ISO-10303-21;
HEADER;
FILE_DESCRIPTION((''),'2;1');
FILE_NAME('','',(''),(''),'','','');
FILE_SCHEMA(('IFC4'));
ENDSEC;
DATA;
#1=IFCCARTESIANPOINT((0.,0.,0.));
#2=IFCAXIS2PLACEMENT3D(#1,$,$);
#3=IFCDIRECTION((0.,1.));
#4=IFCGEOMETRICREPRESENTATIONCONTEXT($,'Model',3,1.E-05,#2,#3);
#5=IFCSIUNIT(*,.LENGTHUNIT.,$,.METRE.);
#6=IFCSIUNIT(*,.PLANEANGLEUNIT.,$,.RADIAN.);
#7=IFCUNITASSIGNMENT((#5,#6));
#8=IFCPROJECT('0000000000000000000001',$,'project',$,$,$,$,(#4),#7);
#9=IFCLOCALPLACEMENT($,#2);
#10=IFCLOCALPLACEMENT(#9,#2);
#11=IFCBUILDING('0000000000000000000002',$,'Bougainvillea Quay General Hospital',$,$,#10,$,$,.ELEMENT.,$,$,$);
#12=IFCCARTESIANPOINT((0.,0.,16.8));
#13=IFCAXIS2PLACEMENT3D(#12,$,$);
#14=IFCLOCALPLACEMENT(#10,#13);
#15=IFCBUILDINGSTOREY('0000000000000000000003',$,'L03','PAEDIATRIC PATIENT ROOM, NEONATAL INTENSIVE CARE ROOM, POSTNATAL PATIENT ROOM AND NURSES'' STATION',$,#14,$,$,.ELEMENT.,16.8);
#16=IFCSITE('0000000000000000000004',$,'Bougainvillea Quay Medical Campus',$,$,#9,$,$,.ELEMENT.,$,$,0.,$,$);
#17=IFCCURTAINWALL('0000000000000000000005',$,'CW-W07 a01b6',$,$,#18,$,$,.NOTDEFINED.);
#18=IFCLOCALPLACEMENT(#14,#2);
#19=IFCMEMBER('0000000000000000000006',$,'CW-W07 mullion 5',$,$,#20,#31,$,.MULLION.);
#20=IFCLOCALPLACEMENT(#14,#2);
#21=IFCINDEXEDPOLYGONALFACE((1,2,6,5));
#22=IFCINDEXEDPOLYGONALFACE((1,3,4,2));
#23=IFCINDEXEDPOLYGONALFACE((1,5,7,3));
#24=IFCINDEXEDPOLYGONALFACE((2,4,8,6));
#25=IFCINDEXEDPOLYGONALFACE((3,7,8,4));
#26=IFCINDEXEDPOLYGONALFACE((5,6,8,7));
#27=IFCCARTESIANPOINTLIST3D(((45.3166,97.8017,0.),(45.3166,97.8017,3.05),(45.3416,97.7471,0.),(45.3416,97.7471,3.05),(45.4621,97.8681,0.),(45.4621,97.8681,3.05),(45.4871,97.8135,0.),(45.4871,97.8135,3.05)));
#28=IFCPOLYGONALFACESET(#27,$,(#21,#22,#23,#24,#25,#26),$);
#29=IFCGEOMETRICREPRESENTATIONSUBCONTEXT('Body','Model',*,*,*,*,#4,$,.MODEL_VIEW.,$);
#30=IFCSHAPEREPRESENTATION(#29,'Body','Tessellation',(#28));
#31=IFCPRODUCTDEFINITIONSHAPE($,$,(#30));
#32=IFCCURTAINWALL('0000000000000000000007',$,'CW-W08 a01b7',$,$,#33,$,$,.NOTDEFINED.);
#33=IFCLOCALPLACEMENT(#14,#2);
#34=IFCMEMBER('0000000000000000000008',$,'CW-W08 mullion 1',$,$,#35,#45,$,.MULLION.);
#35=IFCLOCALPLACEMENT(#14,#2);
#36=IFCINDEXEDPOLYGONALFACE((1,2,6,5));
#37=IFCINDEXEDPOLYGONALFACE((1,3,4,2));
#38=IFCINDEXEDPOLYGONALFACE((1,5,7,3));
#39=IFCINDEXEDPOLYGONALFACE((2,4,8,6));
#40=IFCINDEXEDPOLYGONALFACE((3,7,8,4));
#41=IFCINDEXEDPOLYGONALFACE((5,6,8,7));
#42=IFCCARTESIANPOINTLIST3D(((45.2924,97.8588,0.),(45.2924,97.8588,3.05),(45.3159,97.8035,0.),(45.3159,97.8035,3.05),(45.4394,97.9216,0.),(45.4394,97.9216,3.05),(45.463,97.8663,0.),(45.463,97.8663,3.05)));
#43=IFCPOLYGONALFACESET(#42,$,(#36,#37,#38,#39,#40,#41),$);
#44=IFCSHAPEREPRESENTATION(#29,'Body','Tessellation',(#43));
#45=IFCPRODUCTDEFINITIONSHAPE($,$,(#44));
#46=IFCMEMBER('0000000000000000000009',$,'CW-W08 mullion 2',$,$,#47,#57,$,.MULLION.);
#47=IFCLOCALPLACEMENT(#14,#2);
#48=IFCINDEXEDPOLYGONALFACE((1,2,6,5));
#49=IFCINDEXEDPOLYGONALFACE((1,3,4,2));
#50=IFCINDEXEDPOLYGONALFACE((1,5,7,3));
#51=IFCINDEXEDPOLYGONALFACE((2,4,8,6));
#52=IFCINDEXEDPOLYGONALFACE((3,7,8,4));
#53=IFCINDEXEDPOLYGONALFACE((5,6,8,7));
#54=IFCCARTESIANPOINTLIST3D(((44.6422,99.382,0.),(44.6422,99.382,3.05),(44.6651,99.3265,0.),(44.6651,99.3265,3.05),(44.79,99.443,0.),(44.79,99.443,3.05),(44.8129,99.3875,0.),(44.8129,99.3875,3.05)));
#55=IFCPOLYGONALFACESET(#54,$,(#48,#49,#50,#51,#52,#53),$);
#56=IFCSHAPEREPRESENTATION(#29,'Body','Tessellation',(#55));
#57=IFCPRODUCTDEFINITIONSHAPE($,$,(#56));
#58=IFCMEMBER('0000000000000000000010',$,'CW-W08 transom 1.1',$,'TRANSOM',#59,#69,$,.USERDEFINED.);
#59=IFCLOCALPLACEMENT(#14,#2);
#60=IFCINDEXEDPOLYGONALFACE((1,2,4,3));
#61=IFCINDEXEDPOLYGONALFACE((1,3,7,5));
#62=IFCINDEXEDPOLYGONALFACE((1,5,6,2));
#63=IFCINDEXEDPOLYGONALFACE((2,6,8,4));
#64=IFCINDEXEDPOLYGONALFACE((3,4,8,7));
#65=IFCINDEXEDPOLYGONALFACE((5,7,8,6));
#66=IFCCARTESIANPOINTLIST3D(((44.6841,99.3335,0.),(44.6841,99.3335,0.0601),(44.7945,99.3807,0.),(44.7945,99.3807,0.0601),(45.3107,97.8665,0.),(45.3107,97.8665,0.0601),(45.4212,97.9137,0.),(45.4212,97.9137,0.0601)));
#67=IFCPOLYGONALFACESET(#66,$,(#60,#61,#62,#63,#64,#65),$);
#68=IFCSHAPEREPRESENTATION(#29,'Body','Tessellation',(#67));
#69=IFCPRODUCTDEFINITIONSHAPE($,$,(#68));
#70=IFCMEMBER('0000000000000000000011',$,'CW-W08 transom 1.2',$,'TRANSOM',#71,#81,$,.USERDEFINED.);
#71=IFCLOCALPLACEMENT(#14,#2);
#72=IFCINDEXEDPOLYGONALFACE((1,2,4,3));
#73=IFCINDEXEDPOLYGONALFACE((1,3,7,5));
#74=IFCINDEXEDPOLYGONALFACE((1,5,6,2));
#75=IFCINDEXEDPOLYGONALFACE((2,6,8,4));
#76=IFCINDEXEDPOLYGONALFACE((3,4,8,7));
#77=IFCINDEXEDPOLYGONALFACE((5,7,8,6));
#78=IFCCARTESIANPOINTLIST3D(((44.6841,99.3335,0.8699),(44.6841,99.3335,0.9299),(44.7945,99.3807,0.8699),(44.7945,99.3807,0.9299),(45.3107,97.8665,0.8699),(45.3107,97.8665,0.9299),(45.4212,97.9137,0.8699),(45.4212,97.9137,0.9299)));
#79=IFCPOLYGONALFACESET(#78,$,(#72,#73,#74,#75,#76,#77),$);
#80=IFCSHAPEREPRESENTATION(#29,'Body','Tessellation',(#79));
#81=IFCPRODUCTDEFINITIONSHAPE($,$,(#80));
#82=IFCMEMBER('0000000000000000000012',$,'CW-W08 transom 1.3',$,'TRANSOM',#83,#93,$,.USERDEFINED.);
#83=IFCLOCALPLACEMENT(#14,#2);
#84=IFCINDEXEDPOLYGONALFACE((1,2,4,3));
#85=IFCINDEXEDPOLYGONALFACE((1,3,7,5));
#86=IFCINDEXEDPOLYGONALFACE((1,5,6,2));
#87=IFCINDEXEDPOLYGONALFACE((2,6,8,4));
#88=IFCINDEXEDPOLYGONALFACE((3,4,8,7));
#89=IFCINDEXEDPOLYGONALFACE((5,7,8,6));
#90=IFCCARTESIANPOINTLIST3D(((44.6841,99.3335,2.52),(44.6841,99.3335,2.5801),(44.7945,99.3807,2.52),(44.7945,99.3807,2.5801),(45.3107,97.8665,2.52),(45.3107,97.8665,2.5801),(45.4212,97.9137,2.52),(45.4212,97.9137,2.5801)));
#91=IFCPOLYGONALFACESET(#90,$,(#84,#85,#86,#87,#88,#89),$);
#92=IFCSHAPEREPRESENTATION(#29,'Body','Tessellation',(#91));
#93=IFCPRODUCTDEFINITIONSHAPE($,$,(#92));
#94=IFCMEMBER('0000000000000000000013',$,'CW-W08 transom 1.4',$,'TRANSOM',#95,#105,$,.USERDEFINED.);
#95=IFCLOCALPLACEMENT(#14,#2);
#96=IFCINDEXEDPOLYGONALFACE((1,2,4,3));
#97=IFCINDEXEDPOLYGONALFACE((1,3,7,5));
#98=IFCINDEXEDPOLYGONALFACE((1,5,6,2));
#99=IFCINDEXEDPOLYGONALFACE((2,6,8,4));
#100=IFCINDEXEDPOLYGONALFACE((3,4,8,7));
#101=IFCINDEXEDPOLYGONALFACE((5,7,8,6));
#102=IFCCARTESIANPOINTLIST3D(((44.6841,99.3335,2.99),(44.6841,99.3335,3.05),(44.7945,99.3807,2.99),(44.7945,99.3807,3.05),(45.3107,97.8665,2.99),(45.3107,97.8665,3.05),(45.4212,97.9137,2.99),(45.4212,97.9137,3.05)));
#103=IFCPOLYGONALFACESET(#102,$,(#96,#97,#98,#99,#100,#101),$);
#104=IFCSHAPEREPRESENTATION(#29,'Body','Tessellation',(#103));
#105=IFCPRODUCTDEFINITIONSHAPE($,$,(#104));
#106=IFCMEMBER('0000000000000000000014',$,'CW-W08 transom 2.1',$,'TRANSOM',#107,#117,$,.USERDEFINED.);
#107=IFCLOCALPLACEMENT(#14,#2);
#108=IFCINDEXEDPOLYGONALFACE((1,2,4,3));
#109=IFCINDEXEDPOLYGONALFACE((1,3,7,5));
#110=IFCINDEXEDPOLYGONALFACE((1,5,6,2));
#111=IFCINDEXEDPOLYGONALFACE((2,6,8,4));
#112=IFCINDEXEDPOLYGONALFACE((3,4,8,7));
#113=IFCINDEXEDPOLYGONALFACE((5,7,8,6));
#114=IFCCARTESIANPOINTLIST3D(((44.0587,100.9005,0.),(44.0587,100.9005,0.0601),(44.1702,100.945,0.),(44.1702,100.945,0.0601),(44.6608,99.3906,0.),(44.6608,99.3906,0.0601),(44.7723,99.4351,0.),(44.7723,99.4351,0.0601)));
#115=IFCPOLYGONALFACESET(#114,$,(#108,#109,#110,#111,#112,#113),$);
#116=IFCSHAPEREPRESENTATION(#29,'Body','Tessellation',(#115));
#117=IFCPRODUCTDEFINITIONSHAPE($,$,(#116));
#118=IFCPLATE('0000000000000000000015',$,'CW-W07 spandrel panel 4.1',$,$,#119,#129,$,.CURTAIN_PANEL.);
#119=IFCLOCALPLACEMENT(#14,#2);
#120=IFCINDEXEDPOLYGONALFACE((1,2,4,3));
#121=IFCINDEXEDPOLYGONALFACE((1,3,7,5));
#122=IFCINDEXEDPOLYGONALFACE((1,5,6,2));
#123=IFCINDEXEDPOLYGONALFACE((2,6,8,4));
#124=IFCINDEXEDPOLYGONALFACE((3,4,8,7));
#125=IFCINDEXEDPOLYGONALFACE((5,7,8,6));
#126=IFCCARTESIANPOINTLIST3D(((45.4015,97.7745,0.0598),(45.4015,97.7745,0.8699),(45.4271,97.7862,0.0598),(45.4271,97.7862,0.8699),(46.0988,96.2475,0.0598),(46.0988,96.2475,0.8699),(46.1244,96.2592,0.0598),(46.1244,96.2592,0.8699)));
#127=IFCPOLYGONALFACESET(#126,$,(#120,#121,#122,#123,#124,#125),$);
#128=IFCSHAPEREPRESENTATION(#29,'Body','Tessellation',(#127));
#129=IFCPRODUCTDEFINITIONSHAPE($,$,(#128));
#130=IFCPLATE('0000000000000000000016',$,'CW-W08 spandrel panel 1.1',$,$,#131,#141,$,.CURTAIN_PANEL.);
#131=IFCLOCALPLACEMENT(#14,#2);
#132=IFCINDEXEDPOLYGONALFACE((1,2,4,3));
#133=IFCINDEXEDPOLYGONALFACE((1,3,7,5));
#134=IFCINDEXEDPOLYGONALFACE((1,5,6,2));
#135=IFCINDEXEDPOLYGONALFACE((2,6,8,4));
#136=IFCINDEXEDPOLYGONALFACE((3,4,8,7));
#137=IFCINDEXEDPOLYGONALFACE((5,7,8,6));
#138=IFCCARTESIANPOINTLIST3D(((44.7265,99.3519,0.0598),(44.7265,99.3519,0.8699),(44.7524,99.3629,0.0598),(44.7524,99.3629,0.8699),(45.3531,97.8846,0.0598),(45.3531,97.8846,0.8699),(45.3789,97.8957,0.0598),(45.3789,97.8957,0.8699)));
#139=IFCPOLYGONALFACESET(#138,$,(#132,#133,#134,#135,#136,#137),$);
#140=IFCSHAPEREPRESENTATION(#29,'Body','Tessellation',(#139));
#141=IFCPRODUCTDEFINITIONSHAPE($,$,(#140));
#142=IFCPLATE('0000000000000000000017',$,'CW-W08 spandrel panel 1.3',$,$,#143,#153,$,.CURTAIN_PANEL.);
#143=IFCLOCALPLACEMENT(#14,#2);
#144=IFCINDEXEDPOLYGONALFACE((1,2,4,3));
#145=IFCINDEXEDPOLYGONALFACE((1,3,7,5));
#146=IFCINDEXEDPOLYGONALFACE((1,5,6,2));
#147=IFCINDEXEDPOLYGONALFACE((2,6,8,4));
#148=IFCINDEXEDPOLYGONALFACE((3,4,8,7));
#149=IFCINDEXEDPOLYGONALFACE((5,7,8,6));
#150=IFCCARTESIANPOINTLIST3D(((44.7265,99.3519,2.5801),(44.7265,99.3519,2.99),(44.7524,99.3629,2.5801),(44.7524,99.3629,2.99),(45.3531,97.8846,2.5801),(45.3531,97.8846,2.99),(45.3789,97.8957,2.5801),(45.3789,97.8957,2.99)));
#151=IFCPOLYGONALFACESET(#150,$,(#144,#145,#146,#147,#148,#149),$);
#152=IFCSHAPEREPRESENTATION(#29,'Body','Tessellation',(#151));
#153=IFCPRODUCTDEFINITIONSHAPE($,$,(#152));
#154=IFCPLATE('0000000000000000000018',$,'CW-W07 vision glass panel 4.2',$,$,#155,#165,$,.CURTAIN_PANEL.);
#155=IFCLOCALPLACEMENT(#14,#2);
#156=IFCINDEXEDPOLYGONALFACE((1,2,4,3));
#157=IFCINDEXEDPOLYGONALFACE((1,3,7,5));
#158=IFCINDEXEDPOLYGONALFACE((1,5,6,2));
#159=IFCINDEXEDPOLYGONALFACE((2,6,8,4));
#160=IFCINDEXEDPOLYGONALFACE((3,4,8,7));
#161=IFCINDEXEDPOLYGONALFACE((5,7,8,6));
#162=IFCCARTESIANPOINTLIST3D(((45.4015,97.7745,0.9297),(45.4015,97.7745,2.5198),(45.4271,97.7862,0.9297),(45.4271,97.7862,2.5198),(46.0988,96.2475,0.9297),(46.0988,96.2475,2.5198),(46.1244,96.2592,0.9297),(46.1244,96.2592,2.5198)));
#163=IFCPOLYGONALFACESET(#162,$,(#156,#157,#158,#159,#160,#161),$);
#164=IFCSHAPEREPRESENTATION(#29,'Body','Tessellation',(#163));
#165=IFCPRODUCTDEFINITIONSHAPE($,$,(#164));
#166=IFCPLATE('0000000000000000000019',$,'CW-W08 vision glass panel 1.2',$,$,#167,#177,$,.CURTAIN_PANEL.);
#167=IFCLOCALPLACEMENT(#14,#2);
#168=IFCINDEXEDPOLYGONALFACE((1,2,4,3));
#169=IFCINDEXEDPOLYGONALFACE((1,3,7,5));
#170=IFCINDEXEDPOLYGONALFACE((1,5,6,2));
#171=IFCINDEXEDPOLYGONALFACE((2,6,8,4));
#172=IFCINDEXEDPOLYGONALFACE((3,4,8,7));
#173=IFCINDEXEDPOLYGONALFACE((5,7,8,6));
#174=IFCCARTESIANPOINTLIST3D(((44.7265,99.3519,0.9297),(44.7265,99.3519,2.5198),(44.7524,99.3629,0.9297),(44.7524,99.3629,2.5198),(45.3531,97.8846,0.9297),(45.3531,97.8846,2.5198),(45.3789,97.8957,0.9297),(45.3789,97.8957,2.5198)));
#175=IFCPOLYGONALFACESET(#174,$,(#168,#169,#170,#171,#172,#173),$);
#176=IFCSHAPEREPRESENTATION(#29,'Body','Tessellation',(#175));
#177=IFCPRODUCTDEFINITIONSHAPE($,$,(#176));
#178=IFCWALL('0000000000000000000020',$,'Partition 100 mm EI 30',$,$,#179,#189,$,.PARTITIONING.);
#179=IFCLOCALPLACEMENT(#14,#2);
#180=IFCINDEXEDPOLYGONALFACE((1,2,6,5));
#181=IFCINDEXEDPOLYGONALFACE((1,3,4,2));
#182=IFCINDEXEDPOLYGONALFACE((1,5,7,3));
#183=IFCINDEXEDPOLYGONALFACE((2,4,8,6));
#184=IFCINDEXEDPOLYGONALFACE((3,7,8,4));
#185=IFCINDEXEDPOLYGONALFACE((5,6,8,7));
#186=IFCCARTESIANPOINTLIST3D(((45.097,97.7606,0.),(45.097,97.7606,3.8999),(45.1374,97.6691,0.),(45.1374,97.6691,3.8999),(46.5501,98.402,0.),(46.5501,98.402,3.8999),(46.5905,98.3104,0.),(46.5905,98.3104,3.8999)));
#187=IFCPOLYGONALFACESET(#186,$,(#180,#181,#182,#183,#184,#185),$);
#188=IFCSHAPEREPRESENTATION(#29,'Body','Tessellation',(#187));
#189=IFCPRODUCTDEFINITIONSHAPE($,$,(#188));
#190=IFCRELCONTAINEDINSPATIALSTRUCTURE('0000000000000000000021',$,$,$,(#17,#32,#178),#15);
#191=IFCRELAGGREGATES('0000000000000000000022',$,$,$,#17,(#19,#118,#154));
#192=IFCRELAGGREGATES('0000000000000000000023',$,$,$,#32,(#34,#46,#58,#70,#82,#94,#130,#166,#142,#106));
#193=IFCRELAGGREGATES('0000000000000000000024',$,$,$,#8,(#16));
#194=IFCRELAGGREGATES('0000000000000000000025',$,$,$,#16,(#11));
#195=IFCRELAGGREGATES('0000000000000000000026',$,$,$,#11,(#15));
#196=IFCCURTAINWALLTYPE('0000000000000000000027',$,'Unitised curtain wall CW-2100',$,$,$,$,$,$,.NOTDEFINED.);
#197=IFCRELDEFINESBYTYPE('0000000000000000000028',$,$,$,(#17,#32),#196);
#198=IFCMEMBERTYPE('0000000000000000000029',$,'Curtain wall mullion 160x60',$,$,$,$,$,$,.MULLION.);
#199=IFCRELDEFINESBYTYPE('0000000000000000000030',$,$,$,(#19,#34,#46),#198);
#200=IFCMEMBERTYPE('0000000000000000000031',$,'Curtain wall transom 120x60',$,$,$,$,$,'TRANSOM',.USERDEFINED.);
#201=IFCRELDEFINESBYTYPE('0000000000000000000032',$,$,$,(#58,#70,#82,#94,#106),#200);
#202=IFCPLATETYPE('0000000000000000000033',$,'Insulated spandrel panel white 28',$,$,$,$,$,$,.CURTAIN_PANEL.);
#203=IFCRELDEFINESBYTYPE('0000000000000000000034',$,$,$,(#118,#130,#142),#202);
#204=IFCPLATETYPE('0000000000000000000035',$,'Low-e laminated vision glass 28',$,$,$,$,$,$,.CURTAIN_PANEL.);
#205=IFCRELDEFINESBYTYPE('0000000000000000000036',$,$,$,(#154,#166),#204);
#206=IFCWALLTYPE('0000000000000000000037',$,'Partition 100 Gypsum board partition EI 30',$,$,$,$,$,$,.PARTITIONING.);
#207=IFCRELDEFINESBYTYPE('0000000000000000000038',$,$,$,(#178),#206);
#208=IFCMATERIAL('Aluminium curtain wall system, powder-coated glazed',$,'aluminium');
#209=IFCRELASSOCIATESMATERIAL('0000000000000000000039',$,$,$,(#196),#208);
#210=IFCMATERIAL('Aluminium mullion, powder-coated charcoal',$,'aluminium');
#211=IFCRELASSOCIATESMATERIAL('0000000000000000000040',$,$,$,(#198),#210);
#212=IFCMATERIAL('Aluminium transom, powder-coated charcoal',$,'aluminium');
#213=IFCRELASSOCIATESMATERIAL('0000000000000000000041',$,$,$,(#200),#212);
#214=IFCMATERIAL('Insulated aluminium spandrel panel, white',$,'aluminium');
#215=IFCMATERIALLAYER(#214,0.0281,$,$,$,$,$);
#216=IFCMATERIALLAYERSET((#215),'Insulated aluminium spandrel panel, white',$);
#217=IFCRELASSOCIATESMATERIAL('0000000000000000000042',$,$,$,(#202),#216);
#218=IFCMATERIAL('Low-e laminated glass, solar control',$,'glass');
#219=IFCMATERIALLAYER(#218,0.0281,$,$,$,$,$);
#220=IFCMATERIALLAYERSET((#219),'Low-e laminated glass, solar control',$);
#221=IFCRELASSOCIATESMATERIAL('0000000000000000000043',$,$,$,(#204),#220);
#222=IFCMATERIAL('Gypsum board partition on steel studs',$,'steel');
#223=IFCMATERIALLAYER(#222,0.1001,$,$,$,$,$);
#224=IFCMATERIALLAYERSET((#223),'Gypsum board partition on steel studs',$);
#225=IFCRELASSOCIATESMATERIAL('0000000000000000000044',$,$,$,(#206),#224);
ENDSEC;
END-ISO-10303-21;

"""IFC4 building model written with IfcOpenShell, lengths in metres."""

from ifc_helpers import new_model, si_unit, direction, frame, frame_2d, origin, origin_2d, place, context, subcontext, project, spatial, rectangle, extrude, material, layer, layer_set, material_profile, profile_set, type_object, element, aggregate, save


model = new_model("IFC4")

# Units and contexts
model_context = context("Model", 3, precision=1e-05, world=origin(), true_north=direction((0.0, 1.0)))
body_context = subcontext(model_context, "Body", "Model", "MODEL_VIEW")
ifc_project = project(units=[si_unit("LENGTHUNIT", "METRE"), si_unit("PLANEANGLEUNIT", "RADIAN")], contexts=[model_context])

# Site, building, storey
site_placement = place(None, origin())
site = spatial("IfcSite", under=ifc_project, at=site_placement, Name="Bougainvillea Quay Medical Campus", CompositionType="ELEMENT", RefElevation=0.0)
building_placement = place(site_placement, origin())
building = spatial("IfcBuilding", under=site, at=building_placement, Name="Bougainvillea Quay General Hospital", CompositionType="ELEMENT")
storey_placement = place(building_placement, frame((0.0, 0.0, 16.8)))
storey = spatial("IfcBuildingStorey", under=building, at=storey_placement, Name="L03", Description="PAEDIATRIC PATIENT ROOM, NEONATAL INTENSIVE CARE ROOM, POSTNATAL PATIENT ROOM AND NURSES' STATION", CompositionType="ELEMENT", Elevation=16.8)

# Curtain wall, member
ifc_material_1 = material(Name="Aluminium curtain wall system, powder-coated glazed", Category="aluminium")
curtain_wall_type = type_object("IfcCurtainWallType", Name="Unitised curtain wall CW-2100", PredefinedType="NOTDEFINED", material=ifc_material_1)
curtain_wall_1_placement = place(storey_placement, origin())
curtain_wall_1 = element("IfcCurtainWall", 1, at=curtain_wall_1_placement, inside=storey, type_object=curtain_wall_type, Name="CW-W07 a01b6", PredefinedType="NOTDEFINED")
ifc_material_2 = material(Name="Aluminium mullion, powder-coated charcoal", Category="aluminium")
ifc_material_profile_1 = material_profile(ifc_material_2, rectangle(XDim=0.1599, YDim=0.0601, at=origin_2d()))
ifc_profile_set_1 = profile_set([ifc_material_profile_1], Name="Aluminium mullion, powder-coated charcoal")
member_type_1 = type_object("IfcMemberType", Name="Curtain wall mullion 160x60", PredefinedType="MULLION", material=ifc_profile_set_1)
member_1_placement = place(storey_placement, frame((45.4019, 97.8076, 0.0), z_axis=(0.0, 0.0, 1.0), x_axis=(-0.909653, -0.415368, 0.0)))
member_1 = element("IfcMember", 2, at=member_1_placement, type_object=member_type_1, Name="CW-W07 mullion 5", PredefinedType="MULLION", context=body_context, shape_type="SweptSolid", body=[
    extrude(rectangle(XDim=0.1599, YDim=0.0601, at=origin_2d()), origin(), (0.0, 0.0, 1.0), 3.05),
])

# Curtain wall, members
curtain_wall_2_placement = place(storey_placement, origin())
curtain_wall_2 = element("IfcCurtainWall", 3, at=curtain_wall_2_placement, inside=storey, type_object=curtain_wall_type, Name="CW-W08 a01b7", PredefinedType="NOTDEFINED")
member_2_placement = place(storey_placement, frame((45.3777, 97.8625, 0.0), z_axis=(0.0, 0.0, 1.0), x_axis=(-0.919659, -0.392719, 0.0)))
member_2 = element("IfcMember", 4, at=member_2_placement, type_object=member_type_1, Name="CW-W08 mullion 1", PredefinedType="MULLION", context=body_context, shape_type="SweptSolid", body=[
    extrude(rectangle(XDim=0.1599, YDim=0.0601, at=origin_2d()), origin(), (0.0, 0.0, 1.0), 3.05),
])
member_3_placement = place(storey_placement, frame((44.7275, 99.3848, 0.0), z_axis=(0.0, 0.0, 1.0), x_axis=(-0.924336, -0.381579, 0.0)))
member_3 = element("IfcMember", 5, at=member_3_placement, type_object=member_type_1, Name="CW-W08 mullion 2", PredefinedType="MULLION", context=body_context, shape_type="SweptSolid", body=[
    extrude(rectangle(XDim=0.1599, YDim=0.0601, at=origin_2d()), origin(), (0.0, 0.0, 1.0), 3.05),
])
ifc_material_3 = material(Name="Aluminium transom, powder-coated charcoal", Category="aluminium")
ifc_material_profile_2 = material_profile(ifc_material_3, rectangle(XDim=0.1201, YDim=0.0601, at=origin_2d()))
ifc_profile_set_2 = profile_set([ifc_material_profile_2], Name="Aluminium transom, powder-coated charcoal")
member_type_2 = type_object("IfcMemberType", Name="Curtain wall transom 120x60", ElementType="TRANSOM", PredefinedType="USERDEFINED", material=ifc_profile_set_2)
member_4_placement = place(storey_placement, frame((45.366, 97.8901, 0.03), z_axis=(-0.392848, 0.919604, 0.0), x_axis=(-0.919604, -0.392848, 0.0)))
member_4 = element("IfcMember", 6, at=member_4_placement, type_object=member_type_2, Name="CW-W08 transom 1.1", ObjectType="TRANSOM", PredefinedType="USERDEFINED", context=body_context, shape_type="SweptSolid", body=[
    extrude(rectangle(XDim=0.1201, YDim=0.0601, at=origin_2d()), origin(), (0.0, 0.0, 1.0), 1.5952),
])
member_5_placement = place(storey_placement, frame((45.366, 97.8901, 0.8999), z_axis=(-0.392848, 0.919604, 0.0), x_axis=(-0.919604, -0.392848, 0.0)))
member_5 = element("IfcMember", 7, at=member_5_placement, type_object=member_type_2, Name="CW-W08 transom 1.2", ObjectType="TRANSOM", PredefinedType="USERDEFINED", context=body_context, shape_type="SweptSolid", body=[
    extrude(rectangle(XDim=0.1201, YDim=0.0601, at=origin_2d()), origin(), (0.0, 0.0, 1.0), 1.5952),
])
member_6_placement = place(storey_placement, frame((45.366, 97.8901, 2.55), z_axis=(-0.392848, 0.919604, 0.0), x_axis=(-0.919604, -0.392848, 0.0)))
member_6 = element("IfcMember", 8, at=member_6_placement, type_object=member_type_2, Name="CW-W08 transom 1.3", ObjectType="TRANSOM", PredefinedType="USERDEFINED", context=body_context, shape_type="SweptSolid", body=[
    extrude(rectangle(XDim=0.1201, YDim=0.0601, at=origin_2d()), origin(), (0.0, 0.0, 1.0), 1.5952),
])
member_7_placement = place(storey_placement, frame((45.366, 97.8901, 3.02), z_axis=(-0.392848, 0.919604, 0.0), x_axis=(-0.919604, -0.392848, 0.0)))
member_7 = element("IfcMember", 9, at=member_7_placement, type_object=member_type_2, Name="CW-W08 transom 1.4", ObjectType="TRANSOM", PredefinedType="USERDEFINED", context=body_context, shape_type="SweptSolid", body=[
    extrude(rectangle(XDim=0.1201, YDim=0.0601, at=origin_2d()), origin(), (0.0, 0.0, 1.0), 1.5952),
])
member_8_placement = place(storey_placement, frame((44.7166, 99.4128, 0.03), z_axis=(-0.370406, 0.92887, 0.0), x_axis=(-0.92887, -0.370406, 0.0)))
member_8 = element("IfcMember", 10, at=member_8_placement, type_object=member_type_2, Name="CW-W08 transom 2.1", ObjectType="TRANSOM", PredefinedType="USERDEFINED", context=body_context, shape_type="SweptSolid", body=[
    extrude(rectangle(XDim=0.1201, YDim=0.0601, at=origin_2d()), origin(), (0.0, 0.0, 1.0), 1.6255),
])

# Plates
ifc_material_4 = material(Name="Insulated aluminium spandrel panel, white", Category="aluminium")
ifc_layer_1 = layer(ifc_material_4, 0.0281)
ifc_layer_set_1 = layer_set([ifc_layer_1], Name="Insulated aluminium spandrel panel, white")
plate_type_1 = type_object("IfcPlateType", Name="Insulated spandrel panel white 28", PredefinedType="CURTAIN_PANEL", material=ifc_layer_set_1)
plate_1_placement = place(storey_placement, frame((45.7629, 97.0168, 0.0598), z_axis=(0.0, 0.0, 1.0), x_axis=(-0.415368, 0.909653, 0.0)))
plate_1 = element("IfcPlate", 11, at=plate_1_placement, type_object=plate_type_1, Name="CW-W07 spandrel panel 4.1", PredefinedType="CURTAIN_PANEL", context=body_context, shape_type="SweptSolid", body=[
    extrude(rectangle(XDim=1.6787, YDim=0.0281, at=origin_2d()), origin(), (0.0, 0.0, 1.0), 0.8101),
])
plate_2_placement = place(storey_placement, frame((45.0527, 98.6238, 0.0598), z_axis=(0.0, 0.0, 1.0), x_axis=(-0.392719, 0.919659, 0.0)))
plate_2 = element("IfcPlate", 12, at=plate_2_placement, type_object=plate_type_1, Name="CW-W08 spandrel panel 1.1", PredefinedType="CURTAIN_PANEL", context=body_context, shape_type="SweptSolid", body=[
    extrude(rectangle(XDim=1.5955, YDim=0.0281, at=origin_2d()), origin(), (0.0, 0.0, 1.0), 0.8101),
])
plate_3_placement = place(storey_placement, frame((45.0527, 98.6238, 2.5801), z_axis=(0.0, 0.0, 1.0), x_axis=(-0.392719, 0.919659, 0.0)))
plate_3 = element("IfcPlate", 13, at=plate_3_placement, type_object=plate_type_1, Name="CW-W08 spandrel panel 1.3", PredefinedType="CURTAIN_PANEL", context=body_context, shape_type="SweptSolid", body=[
    extrude(rectangle(XDim=1.5955, YDim=0.0281, at=origin_2d()), origin(), (0.0, 0.0, 1.0), 0.4099),
])
ifc_material_5 = material(Name="Low-e laminated glass, solar control", Category="glass")
ifc_layer_2 = layer(ifc_material_5, 0.0281)
ifc_layer_set_2 = layer_set([ifc_layer_2], Name="Low-e laminated glass, solar control")
plate_type_2 = type_object("IfcPlateType", Name="Low-e laminated vision glass 28", PredefinedType="CURTAIN_PANEL", material=ifc_layer_set_2)
plate_4_placement = place(storey_placement, frame((45.7629, 97.0168, 0.9297), z_axis=(0.0, 0.0, 1.0), x_axis=(-0.415368, 0.909653, 0.0)))
plate_4 = element("IfcPlate", 14, at=plate_4_placement, type_object=plate_type_2, Name="CW-W07 vision glass panel 4.2", PredefinedType="CURTAIN_PANEL", context=body_context, shape_type="SweptSolid", body=[
    extrude(rectangle(XDim=1.6787, YDim=0.0281, at=origin_2d()), origin(), (0.0, 0.0, 1.0), 1.5901),
])
aggregate(curtain_wall_1, [member_1, plate_1, plate_4])
plate_5_placement = place(storey_placement, frame((45.0527, 98.6238, 0.9297), z_axis=(0.0, 0.0, 1.0), x_axis=(-0.392719, 0.919659, 0.0)))
plate_5 = element("IfcPlate", 15, at=plate_5_placement, type_object=plate_type_2, Name="CW-W08 vision glass panel 1.2", PredefinedType="CURTAIN_PANEL", context=body_context, shape_type="SweptSolid", body=[
    extrude(rectangle(XDim=1.5955, YDim=0.0281, at=origin_2d()), origin(), (0.0, 0.0, 1.0), 1.5901),
])
aggregate(curtain_wall_2, [member_2, member_3, member_4, member_5, member_6, member_7, plate_2, plate_5, plate_3, member_8])

# Wall
ifc_material_6 = material(Name="Gypsum board partition on steel studs", Category="steel")
ifc_layer_3 = layer(ifc_material_6, 0.1001)
ifc_layer_set_3 = layer_set([ifc_layer_3], Name="Gypsum board partition on steel studs")
wall_type = type_object("IfcWallType", Name="Partition 100 Gypsum board partition EI 30", PredefinedType="PARTITIONING", material=ifc_layer_set_3)
wall_1_placement = place(storey_placement, frame((45.1172, 97.7148, 0.0), z_axis=(0.0, 0.0, 1.0), x_axis=(0.914854, 0.403784, 0.0)))
element("IfcWall", 16, at=wall_1_placement, inside=storey, type_object=wall_type, Name="Partition 100 mm EI 30", PredefinedType="PARTITIONING", context=body_context, shape_type="SweptSolid", body=[
    extrude(rectangle(XDim=1.5884, YDim=0.1001, at=frame_2d((0.7942, 0.0))), origin(), (0.0, 0.0, 1.0), 3.8999),
])

save(model, "model.ifc")
